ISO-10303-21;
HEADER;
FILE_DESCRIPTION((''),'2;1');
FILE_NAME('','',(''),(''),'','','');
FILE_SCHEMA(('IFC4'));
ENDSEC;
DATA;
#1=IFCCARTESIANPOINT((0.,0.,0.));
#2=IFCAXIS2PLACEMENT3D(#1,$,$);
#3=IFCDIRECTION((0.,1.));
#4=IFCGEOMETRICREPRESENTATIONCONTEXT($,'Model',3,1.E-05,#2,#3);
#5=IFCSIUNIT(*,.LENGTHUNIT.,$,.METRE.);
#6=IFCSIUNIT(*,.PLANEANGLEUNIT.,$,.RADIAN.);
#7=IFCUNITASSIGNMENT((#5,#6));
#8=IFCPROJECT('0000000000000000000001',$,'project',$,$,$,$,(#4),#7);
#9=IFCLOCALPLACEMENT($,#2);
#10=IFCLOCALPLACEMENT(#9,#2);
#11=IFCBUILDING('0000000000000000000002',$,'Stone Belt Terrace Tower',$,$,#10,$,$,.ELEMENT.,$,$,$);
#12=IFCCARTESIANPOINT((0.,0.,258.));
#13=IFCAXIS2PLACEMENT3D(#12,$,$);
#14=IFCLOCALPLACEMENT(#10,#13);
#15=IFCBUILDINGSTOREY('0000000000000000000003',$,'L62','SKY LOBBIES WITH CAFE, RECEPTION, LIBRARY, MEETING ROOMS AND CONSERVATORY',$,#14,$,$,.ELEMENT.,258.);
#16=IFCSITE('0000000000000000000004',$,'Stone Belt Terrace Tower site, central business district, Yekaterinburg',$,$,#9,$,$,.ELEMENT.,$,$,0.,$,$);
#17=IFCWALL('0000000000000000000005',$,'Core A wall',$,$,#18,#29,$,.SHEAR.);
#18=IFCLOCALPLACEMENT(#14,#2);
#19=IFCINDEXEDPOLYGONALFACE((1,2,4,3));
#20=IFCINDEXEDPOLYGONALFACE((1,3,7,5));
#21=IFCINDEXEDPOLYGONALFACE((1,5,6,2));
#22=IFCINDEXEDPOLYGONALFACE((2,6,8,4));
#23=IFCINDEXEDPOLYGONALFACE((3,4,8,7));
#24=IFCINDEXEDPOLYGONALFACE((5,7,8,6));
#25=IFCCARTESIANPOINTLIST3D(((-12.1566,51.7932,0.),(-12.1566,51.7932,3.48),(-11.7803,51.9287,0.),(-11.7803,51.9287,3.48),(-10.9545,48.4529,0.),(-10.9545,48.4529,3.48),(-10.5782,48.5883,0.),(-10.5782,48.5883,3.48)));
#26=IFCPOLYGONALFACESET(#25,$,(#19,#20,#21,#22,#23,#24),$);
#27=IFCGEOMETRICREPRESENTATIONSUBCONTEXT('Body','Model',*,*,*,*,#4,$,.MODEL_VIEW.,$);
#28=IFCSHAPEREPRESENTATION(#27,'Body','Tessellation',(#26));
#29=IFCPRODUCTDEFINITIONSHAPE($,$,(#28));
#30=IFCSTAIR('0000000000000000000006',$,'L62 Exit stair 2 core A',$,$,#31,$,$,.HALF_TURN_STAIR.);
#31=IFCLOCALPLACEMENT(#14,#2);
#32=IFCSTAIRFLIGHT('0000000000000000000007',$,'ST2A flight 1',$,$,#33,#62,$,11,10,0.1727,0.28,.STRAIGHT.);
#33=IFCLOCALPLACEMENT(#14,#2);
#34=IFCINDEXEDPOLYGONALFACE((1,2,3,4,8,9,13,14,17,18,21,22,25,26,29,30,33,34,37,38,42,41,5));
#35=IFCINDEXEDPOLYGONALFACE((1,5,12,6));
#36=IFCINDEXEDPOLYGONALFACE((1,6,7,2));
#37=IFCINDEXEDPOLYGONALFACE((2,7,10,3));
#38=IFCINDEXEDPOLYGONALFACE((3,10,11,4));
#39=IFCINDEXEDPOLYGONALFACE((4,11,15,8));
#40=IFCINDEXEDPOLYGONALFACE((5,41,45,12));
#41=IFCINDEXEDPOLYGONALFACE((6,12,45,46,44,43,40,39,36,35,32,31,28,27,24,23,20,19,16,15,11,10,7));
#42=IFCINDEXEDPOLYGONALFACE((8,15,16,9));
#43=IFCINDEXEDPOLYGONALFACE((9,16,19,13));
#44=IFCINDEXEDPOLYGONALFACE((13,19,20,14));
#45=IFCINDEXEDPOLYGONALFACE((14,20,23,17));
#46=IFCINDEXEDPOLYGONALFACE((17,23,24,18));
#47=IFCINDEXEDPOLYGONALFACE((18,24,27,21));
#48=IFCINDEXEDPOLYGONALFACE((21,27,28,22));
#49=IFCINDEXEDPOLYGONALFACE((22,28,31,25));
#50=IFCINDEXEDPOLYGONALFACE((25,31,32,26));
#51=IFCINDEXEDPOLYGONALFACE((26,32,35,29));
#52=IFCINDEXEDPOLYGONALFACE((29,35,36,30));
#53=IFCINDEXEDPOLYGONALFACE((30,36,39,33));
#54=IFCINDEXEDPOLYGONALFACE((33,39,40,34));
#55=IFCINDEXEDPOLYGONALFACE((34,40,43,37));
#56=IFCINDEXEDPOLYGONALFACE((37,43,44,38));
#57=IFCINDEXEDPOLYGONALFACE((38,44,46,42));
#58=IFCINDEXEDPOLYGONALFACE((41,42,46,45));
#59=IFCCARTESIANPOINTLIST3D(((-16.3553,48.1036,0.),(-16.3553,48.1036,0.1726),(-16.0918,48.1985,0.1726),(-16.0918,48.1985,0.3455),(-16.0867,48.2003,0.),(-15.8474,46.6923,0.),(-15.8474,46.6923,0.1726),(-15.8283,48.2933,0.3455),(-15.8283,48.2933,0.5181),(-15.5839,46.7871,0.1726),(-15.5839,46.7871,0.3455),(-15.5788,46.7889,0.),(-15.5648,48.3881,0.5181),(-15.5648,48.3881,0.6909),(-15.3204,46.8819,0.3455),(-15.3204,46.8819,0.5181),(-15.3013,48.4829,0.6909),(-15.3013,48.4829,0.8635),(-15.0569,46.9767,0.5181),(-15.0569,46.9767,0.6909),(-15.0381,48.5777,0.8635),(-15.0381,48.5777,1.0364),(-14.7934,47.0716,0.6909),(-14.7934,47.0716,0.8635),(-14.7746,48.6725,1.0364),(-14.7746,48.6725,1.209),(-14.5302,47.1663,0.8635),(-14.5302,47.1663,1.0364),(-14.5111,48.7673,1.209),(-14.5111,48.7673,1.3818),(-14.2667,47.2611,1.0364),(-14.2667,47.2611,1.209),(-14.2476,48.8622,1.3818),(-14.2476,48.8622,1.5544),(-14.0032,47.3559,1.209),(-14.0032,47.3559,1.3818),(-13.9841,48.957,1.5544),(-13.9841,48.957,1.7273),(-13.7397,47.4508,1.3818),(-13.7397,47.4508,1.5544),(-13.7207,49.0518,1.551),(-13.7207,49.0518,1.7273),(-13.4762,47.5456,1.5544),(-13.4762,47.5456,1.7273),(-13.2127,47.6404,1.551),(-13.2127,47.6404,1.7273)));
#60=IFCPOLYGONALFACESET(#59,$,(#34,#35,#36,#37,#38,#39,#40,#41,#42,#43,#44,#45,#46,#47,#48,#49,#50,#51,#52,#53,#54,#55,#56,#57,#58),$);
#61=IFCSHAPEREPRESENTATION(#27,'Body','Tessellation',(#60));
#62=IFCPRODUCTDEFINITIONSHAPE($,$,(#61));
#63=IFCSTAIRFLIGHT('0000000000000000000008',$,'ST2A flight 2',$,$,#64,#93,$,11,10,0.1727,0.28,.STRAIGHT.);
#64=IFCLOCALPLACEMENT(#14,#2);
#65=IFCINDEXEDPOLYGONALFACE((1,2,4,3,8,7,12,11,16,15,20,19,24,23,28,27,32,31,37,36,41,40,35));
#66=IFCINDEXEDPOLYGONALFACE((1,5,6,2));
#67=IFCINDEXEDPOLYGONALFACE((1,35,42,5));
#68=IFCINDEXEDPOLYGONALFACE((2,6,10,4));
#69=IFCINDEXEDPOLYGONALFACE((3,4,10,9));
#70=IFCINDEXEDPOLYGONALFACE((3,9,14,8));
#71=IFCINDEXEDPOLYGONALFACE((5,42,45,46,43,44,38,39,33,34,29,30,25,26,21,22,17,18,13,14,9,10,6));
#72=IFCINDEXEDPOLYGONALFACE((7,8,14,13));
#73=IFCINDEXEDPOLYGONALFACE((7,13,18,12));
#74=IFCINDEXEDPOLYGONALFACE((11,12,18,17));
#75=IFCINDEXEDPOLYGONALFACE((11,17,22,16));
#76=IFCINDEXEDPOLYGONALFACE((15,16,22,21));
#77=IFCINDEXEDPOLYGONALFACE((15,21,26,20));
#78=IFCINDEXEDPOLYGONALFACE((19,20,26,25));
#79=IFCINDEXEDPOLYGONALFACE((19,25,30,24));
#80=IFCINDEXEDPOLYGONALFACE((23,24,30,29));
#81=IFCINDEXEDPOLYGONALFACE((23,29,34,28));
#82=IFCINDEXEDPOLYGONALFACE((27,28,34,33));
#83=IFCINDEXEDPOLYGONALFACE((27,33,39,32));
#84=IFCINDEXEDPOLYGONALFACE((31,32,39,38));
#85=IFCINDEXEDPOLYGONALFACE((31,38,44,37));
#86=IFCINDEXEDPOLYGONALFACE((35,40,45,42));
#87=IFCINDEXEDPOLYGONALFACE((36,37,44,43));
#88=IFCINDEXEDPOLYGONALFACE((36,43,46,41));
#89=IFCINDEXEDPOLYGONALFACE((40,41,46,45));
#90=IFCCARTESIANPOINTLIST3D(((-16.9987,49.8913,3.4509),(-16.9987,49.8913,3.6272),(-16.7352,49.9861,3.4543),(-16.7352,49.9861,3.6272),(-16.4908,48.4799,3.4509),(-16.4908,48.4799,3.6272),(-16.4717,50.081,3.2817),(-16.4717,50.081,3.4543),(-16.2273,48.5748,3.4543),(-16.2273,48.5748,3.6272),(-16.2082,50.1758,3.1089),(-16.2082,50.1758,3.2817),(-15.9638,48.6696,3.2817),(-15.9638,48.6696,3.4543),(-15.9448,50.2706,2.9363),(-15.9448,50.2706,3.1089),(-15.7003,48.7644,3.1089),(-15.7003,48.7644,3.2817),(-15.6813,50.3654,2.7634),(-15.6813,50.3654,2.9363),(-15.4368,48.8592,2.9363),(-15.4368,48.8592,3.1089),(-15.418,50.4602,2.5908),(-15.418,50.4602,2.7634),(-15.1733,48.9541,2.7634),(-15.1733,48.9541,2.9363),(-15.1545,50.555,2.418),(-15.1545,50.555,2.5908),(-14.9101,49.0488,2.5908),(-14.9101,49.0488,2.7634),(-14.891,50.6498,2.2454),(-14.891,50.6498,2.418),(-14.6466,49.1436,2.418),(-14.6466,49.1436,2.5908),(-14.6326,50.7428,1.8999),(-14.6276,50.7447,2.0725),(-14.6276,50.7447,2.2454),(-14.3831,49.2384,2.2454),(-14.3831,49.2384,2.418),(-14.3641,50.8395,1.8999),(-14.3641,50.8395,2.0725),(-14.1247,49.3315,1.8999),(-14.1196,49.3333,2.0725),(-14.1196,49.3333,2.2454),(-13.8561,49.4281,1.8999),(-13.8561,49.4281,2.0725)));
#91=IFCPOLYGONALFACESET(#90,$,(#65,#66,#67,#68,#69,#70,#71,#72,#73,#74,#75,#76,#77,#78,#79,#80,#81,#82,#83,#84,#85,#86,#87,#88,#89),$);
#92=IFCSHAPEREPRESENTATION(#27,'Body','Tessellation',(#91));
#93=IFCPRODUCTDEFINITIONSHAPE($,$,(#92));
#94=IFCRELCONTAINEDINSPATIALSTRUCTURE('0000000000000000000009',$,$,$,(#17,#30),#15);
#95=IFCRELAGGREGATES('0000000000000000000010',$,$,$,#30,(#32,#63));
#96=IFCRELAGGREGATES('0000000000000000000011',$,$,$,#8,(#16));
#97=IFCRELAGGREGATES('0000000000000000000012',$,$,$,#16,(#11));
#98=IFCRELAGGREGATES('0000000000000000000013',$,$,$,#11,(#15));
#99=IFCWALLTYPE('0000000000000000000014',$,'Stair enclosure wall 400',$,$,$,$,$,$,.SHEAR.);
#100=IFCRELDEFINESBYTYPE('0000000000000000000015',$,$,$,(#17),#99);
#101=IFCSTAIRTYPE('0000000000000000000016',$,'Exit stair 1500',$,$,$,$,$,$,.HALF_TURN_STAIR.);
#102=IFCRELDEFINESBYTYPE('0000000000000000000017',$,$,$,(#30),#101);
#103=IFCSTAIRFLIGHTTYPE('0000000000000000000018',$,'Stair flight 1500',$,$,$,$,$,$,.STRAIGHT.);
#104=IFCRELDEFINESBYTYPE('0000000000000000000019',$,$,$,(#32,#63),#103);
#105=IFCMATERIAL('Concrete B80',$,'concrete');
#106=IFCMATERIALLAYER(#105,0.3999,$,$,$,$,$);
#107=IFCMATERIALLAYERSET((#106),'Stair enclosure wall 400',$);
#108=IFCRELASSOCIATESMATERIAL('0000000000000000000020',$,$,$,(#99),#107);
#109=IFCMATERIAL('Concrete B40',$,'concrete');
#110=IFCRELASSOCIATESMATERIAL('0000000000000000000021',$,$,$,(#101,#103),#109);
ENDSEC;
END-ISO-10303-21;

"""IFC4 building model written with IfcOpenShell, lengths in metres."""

from ifc_helpers import new_model, si_unit, direction, frame, frame_2d, origin, place, context, subcontext, project, spatial, polyline, rectangle, outline, extrude, material, layer, layer_set, type_object, element, aggregate, save


model = new_model("IFC4")

# Units and contexts
model_context = context("Model", 3, precision=1e-05, world=origin(), true_north=direction((0.0, 1.0)))
body_context = subcontext(model_context, "Body", "Model", "MODEL_VIEW")
ifc_project = project(units=[si_unit("LENGTHUNIT", "METRE"), si_unit("PLANEANGLEUNIT", "RADIAN")], contexts=[model_context])

# Site, building, storey
site_placement = place(None, origin())
site = spatial("IfcSite", under=ifc_project, at=site_placement, Name="Stone Belt Terrace Tower site, central business district, Yekaterinburg", CompositionType="ELEMENT", RefElevation=0.0)
building_placement = place(site_placement, origin())
building = spatial("IfcBuilding", under=site, at=building_placement, Name="Stone Belt Terrace Tower", CompositionType="ELEMENT")
storey_placement = place(building_placement, frame((0.0, 0.0, 258.0)))
storey = spatial("IfcBuildingStorey", under=building, at=storey_placement, Name="L62", Description="SKY LOBBIES WITH CAFE, RECEPTION, LIBRARY, MEETING ROOMS AND CONSERVATORY", CompositionType="ELEMENT", Elevation=258.0)

# Wall
ifc_material_1 = material(Name="Concrete B80", Category="concrete")
ifc_layer_1 = layer(ifc_material_1, 0.3999)
ifc_layer_set_1 = layer_set([ifc_layer_1], Name="Stair enclosure wall 400")
wall_type_1 = type_object("IfcWallType", Name="Stair enclosure wall 400", PredefinedType="SHEAR", material=ifc_layer_set_1)
wall_1_placement = place(storey_placement, frame((-10.7664, 48.5208, 0.0), z_axis=(0.0, 0.0, 1.0), x_axis=(-0.338627, 0.940921, 0.0)))
element("IfcWall", 1, at=wall_1_placement, inside=storey, type_object=wall_type_1, Name="Core A wall", PredefinedType="SHEAR", context=body_context, shape_type="SweptSolid", body=[
    extrude(rectangle(XDim=3.55, YDim=0.3999, at=frame_2d((1.7749, 0.0))), origin(), (0.0, 0.0, 1.0), 3.48),
])

# Stair, stair flights
ifc_material_2 = material(Name="Concrete B40", Category="concrete")
stair_type = type_object("IfcStairType", Name="Exit stair 1500", PredefinedType="HALF_TURN_STAIR", material=ifc_material_2)
stair_placement = place(storey_placement, origin())
stair = element("IfcStair", 2, at=stair_placement, inside=storey, type_object=stair_type, Name="L62 Exit stair 2 core A", PredefinedType="HALF_TURN_STAIR")
stair_flight_type = type_object("IfcStairFlightType", Name="Stair flight 1500", PredefinedType="STRAIGHT", material=ifc_material_2)
stair_flight_1_placement = place(storey_placement, frame((-16.1013, 47.3979, 0.0), z_axis=(0.0, 0.0, 1.0), x_axis=(0.940922, 0.338624, 0.0)))
stair_flight_1 = element("IfcStairFlight", 3, at=stair_flight_1_placement, type_object=stair_flight_type, Name="ST2A flight 1", NumberOfRisers=11, NumberOfTreads=10, PredefinedType="STRAIGHT", RiserHeight=0.1727, TreadLength=0.28, context=body_context, shape_type="SweptSolid", body=[
    extrude(outline(polyline([(0.0, 0.0), (0.0, 0.1726), (0.28, 0.1726), (0.28, 0.3455), (0.5601, 0.3455), (0.5601, 0.5181), (0.8401, 0.5181), (0.8401, 0.6909), (1.1201, 0.6909), (1.1201, 0.8635), (1.3999, 0.8635), (1.3999, 1.0364), (1.6799, 1.0364), (1.6799, 1.209), (1.96, 1.209), (1.96, 1.3818), (2.24, 1.3818), (2.24, 1.5544), (2.52, 1.5544), (2.52, 1.7273), (2.8, 1.7273), (2.8, 1.8999), (2.8, 1.551), (0.2854, 0.0), (0.0, 0.0)])), frame((0.0, 0.75, 0.0), z_axis=(0.0, -1.0, 0.0), x_axis=(1.0, 0.0, 0.0)), (0.0, 0.0, 1.0), 1.5),
])
stair_flight_2_placement = place(storey_placement, frame((-14.1101, 50.1338, 1.8999), z_axis=(0.0, 0.0, 1.0), x_axis=(-0.940922, -0.338624, 0.0)))
stair_flight_2 = element("IfcStairFlight", 4, at=stair_flight_2_placement, type_object=stair_flight_type, Name="ST2A flight 2", NumberOfRisers=11, NumberOfTreads=10, PredefinedType="STRAIGHT", RiserHeight=0.1727, TreadLength=0.28, context=body_context, shape_type="SweptSolid", body=[
    extrude(outline(polyline([(0.0, 0.0), (0.0, 0.1726), (0.28, 0.1726), (0.28, 0.3455), (0.5601, 0.3455), (0.5601, 0.5181), (0.8401, 0.5181), (0.8401, 0.6909), (1.1201, 0.6909), (1.1201, 0.8635), (1.3999, 0.8635), (1.3999, 1.0364), (1.6799, 1.0364), (1.6799, 1.209), (1.96, 1.209), (1.96, 1.3818), (2.24, 1.3818), (2.24, 1.5544), (2.52, 1.5544), (2.52, 1.7273), (2.8, 1.7273), (2.8, 1.8999), (2.8, 1.551), (0.2854, 0.0), (0.0, 0.0)])), frame((0.0, 0.75, 0.0), z_axis=(0.0, -1.0, 0.0), x_axis=(1.0, 0.0, 0.0)), (0.0, 0.0, 1.0), 1.5),
])
aggregate(stair, [stair_flight_1, stair_flight_2])

save(model, "model.ifc")
